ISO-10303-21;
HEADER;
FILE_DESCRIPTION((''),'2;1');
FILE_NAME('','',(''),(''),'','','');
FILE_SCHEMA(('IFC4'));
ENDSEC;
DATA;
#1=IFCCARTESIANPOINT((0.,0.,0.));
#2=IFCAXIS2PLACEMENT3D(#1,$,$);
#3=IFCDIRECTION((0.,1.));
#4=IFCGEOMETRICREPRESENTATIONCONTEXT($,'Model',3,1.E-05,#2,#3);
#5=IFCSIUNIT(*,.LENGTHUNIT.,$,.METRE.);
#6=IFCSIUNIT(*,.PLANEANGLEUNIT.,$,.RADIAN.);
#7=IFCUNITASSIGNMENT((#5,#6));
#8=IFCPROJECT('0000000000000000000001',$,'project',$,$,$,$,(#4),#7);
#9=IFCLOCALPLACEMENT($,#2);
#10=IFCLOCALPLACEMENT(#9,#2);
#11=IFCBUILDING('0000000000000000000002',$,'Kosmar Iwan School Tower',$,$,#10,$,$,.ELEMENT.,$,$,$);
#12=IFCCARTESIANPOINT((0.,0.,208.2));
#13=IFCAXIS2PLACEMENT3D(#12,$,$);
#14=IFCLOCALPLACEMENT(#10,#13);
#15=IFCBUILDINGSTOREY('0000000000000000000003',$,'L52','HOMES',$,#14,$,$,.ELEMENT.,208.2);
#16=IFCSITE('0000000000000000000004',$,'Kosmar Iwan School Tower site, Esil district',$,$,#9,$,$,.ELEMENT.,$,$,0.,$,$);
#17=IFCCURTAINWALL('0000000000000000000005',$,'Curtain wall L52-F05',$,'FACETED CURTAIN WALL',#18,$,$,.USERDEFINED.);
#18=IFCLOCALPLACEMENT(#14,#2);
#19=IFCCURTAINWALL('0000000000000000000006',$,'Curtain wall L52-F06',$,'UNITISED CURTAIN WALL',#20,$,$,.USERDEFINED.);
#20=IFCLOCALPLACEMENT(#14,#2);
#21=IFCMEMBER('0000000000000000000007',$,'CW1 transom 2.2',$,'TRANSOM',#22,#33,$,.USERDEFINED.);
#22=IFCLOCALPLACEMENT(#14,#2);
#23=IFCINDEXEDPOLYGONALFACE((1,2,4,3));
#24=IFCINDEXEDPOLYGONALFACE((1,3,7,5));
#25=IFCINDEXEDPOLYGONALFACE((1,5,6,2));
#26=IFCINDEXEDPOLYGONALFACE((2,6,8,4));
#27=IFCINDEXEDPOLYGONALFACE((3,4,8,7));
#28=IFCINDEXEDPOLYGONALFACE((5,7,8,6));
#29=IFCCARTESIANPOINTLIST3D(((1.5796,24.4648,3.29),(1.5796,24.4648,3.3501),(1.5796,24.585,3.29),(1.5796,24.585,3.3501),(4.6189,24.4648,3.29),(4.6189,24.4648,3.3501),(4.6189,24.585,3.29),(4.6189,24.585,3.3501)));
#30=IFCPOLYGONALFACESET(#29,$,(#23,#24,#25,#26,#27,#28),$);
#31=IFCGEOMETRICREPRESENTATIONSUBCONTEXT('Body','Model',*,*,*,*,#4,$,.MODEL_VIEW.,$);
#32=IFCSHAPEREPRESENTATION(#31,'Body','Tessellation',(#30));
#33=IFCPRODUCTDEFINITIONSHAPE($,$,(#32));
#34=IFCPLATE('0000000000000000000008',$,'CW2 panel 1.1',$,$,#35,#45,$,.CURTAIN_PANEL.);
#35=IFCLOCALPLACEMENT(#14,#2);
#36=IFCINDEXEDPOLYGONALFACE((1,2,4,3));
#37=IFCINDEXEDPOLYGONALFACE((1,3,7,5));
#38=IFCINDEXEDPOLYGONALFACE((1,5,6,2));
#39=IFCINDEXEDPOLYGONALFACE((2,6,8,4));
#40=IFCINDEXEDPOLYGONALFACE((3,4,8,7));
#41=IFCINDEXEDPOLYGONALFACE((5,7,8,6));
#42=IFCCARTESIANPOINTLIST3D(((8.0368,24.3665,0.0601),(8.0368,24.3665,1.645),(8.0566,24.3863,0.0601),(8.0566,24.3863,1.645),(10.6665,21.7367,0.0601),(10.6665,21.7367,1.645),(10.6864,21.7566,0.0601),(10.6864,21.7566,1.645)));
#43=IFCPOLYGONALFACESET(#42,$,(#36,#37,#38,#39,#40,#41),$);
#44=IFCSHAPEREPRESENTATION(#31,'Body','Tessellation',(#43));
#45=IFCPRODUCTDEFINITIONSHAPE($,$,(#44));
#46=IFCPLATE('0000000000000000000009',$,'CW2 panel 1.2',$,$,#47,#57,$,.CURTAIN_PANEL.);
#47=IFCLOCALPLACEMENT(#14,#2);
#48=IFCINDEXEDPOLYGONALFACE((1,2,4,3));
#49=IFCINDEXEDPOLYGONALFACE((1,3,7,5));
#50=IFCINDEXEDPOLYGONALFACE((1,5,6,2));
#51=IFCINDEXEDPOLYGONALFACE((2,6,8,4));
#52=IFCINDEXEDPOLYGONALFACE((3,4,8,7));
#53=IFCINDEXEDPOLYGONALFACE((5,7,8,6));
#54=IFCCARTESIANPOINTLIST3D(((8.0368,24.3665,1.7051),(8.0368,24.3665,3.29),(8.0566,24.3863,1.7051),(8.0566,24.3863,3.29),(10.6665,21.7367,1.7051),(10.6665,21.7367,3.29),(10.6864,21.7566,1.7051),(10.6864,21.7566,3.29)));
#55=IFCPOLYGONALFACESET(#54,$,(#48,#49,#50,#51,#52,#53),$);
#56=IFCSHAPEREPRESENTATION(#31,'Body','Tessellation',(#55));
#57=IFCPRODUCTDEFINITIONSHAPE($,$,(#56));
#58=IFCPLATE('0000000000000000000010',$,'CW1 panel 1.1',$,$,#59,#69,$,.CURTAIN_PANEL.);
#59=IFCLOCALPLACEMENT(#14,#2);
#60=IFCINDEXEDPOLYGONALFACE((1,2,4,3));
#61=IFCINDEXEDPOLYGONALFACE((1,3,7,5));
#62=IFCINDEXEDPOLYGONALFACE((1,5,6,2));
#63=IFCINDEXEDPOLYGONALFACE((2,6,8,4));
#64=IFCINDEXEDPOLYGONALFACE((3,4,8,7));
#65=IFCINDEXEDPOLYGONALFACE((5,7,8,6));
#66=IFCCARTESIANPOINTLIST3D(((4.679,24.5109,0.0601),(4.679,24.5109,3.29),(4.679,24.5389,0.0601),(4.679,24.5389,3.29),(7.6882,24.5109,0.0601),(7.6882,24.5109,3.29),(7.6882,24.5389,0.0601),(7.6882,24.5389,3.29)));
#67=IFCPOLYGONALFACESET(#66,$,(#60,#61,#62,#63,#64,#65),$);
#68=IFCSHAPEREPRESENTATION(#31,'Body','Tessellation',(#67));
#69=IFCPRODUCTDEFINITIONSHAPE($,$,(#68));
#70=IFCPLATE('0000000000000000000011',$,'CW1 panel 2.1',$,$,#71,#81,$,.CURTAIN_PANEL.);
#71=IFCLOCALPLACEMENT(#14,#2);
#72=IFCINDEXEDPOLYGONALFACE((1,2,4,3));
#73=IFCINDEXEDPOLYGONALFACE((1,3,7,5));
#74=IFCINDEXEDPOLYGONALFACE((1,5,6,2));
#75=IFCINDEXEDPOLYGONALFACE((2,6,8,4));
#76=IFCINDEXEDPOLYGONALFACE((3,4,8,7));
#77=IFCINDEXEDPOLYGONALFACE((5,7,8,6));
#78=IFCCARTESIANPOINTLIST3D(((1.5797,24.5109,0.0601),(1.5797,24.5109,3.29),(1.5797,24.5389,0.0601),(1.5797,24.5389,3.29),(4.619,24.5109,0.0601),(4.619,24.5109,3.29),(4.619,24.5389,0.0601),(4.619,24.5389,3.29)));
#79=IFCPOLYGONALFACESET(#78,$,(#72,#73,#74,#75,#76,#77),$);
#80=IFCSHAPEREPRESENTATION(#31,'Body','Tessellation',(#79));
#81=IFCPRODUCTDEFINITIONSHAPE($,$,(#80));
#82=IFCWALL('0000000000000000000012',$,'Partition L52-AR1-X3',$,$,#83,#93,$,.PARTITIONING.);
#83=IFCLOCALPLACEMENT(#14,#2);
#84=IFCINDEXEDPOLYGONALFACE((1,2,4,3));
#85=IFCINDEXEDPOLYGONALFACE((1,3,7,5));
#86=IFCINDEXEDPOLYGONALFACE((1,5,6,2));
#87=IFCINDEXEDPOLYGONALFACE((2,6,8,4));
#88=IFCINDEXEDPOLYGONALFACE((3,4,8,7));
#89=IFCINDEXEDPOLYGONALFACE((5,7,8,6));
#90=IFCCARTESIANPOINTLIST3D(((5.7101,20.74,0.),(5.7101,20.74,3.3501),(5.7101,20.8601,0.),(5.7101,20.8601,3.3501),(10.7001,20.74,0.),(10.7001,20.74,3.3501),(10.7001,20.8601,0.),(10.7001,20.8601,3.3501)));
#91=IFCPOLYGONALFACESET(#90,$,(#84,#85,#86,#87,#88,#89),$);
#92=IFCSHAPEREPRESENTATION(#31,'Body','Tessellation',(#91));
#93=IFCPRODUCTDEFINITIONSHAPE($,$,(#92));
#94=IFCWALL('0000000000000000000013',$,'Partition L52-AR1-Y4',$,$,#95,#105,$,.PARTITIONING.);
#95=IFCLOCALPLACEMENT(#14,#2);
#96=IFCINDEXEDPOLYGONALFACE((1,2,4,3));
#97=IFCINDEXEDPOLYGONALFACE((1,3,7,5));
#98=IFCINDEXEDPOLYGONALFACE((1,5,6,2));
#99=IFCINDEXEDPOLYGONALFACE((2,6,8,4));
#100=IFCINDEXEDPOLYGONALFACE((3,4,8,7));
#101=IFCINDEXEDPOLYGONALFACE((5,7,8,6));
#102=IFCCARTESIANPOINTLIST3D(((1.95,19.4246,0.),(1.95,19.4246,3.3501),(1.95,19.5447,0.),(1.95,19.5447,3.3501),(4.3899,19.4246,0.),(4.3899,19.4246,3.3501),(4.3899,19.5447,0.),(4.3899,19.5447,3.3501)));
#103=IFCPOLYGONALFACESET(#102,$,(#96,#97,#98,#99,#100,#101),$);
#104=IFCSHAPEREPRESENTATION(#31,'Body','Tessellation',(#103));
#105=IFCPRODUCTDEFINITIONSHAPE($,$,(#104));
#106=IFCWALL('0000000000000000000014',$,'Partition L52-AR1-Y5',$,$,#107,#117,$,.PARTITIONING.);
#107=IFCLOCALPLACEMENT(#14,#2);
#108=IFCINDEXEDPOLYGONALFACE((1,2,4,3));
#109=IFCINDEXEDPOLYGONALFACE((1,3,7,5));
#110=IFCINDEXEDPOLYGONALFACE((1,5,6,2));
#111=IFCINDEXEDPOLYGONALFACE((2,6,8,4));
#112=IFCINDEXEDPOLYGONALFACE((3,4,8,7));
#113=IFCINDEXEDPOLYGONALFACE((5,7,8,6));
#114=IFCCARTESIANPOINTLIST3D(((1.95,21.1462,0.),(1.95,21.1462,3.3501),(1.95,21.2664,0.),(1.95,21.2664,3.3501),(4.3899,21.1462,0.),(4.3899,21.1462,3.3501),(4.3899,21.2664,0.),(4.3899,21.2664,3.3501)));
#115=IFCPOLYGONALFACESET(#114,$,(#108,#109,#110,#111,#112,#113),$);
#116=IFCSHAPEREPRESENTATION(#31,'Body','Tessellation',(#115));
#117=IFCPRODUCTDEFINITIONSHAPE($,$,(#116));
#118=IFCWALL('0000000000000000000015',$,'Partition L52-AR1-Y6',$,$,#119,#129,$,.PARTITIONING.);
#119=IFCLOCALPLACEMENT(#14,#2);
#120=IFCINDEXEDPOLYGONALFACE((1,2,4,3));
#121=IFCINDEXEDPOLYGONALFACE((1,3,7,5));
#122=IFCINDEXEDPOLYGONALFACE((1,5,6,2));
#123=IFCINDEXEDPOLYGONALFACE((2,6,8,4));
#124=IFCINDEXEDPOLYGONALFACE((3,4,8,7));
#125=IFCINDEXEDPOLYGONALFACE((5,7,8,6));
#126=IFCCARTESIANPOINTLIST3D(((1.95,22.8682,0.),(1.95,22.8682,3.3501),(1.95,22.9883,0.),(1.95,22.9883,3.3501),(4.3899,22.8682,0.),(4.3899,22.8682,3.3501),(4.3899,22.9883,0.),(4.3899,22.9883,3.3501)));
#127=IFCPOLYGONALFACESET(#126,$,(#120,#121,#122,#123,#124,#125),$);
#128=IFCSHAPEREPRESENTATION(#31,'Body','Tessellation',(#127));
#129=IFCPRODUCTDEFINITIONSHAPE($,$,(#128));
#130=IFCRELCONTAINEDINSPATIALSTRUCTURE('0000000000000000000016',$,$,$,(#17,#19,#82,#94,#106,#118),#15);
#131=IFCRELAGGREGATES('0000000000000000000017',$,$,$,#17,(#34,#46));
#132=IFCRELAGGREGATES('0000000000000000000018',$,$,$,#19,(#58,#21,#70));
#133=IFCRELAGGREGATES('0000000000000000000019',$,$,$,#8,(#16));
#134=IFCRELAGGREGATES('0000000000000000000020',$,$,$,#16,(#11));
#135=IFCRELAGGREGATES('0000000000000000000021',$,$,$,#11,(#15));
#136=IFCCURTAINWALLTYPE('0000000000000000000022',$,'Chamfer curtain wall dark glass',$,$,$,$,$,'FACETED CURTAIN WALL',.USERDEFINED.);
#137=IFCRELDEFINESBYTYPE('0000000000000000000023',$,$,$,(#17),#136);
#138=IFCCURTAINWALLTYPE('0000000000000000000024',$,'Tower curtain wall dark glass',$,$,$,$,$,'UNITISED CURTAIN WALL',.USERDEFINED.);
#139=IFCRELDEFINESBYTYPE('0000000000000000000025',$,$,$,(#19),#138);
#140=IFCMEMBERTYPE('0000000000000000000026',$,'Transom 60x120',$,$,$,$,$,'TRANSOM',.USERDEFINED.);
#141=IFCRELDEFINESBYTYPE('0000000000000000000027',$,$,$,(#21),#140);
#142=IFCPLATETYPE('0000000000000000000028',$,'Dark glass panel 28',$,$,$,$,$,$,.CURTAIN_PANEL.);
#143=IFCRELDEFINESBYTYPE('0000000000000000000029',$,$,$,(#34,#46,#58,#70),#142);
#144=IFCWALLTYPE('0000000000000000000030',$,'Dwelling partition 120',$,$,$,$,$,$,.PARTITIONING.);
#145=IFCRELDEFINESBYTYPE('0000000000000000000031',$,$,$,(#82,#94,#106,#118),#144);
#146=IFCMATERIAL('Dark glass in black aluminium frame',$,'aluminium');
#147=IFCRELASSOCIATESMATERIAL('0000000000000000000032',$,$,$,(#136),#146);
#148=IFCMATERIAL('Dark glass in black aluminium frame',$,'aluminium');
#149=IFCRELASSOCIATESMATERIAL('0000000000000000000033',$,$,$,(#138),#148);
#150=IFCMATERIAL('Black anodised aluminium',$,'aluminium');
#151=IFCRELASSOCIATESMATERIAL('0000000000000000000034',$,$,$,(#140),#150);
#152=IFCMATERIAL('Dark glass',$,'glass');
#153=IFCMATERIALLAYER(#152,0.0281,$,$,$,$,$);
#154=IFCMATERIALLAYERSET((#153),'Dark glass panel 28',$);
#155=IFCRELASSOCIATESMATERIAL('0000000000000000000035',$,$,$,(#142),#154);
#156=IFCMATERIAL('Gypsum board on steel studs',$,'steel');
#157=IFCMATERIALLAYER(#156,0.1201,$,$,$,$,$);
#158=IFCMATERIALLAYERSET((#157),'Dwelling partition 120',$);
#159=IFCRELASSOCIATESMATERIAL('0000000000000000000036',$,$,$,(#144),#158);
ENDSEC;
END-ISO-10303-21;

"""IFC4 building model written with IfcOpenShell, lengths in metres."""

from ifc_helpers import new_model, si_unit, direction, frame, frame_2d, origin, origin_2d, place, context, subcontext, project, spatial, rectangle, extrude, material, layer, layer_set, material_profile, profile_set, type_object, element, aggregate, save


model = new_model("IFC4")

# Units and contexts
model_context = context("Model", 3, precision=1e-05, world=origin(), true_north=direction((0.0, 1.0)))
body_context = subcontext(model_context, "Body", "Model", "MODEL_VIEW")
ifc_project = project(units=[si_unit("LENGTHUNIT", "METRE"), si_unit("PLANEANGLEUNIT", "RADIAN")], contexts=[model_context])

# Site, building, storey
site_placement = place(None, origin())
site = spatial("IfcSite", under=ifc_project, at=site_placement, Name="Kosmar Iwan School Tower site, Esil district", CompositionType="ELEMENT", RefElevation=0.0)
building_placement = place(site_placement, origin())
building = spatial("IfcBuilding", under=site, at=building_placement, Name="Kosmar Iwan School Tower", CompositionType="ELEMENT")
storey_placement = place(building_placement, frame((0.0, 0.0, 208.2)))
storey = spatial("IfcBuildingStorey", under=building, at=storey_placement, Name="L52", Description="HOMES", CompositionType="ELEMENT", Elevation=208.2)

# Curtain walls
ifc_material_1 = material(Name="Dark glass in black aluminium frame", Category="aluminium")
curtain_wall_type_1 = type_object("IfcCurtainWallType", Name="Chamfer curtain wall dark glass", ElementType="FACETED CURTAIN WALL", PredefinedType="USERDEFINED", material=ifc_material_1)
curtain_wall_1_placement = place(storey_placement, origin())
curtain_wall_1 = element("IfcCurtainWall", 1, at=curtain_wall_1_placement, inside=storey, type_object=curtain_wall_type_1, Name="Curtain wall L52-F05", ObjectType="FACETED CURTAIN WALL", PredefinedType="USERDEFINED")
ifc_material_2 = material(Name="Dark glass in black aluminium frame", Category="aluminium")
curtain_wall_type_2 = type_object("IfcCurtainWallType", Name="Tower curtain wall dark glass", ElementType="UNITISED CURTAIN WALL", PredefinedType="USERDEFINED", material=ifc_material_2)
curtain_wall_2_placement = place(storey_placement, origin())
curtain_wall_2 = element("IfcCurtainWall", 2, at=curtain_wall_2_placement, inside=storey, type_object=curtain_wall_type_2, Name="Curtain wall L52-F06", ObjectType="UNITISED CURTAIN WALL", PredefinedType="USERDEFINED")

# Member
ifc_material_3 = material(Name="Black anodised aluminium", Category="aluminium")
ifc_material_profile_1 = material_profile(ifc_material_3, rectangle(XDim=0.1201, YDim=0.0601, at=origin_2d()), Name="TRANSOM 60x120")
ifc_profile_set_1 = profile_set([ifc_material_profile_1], Name="Black anodised aluminium")
member_type_1 = type_object("IfcMemberType", Name="Transom 60x120", ElementType="TRANSOM", PredefinedType="USERDEFINED", material=ifc_profile_set_1)
member_1_placement = place(storey_placement, frame((4.6189, 24.5249, 3.3201), z_axis=(-1.0, 0.0, 0.0), x_axis=(0.0, -1.0, 0.0)))
member_1 = element("IfcMember", 3, at=member_1_placement, type_object=member_type_1, Name="CW1 transom 2.2", ObjectType="TRANSOM", PredefinedType="USERDEFINED", context=body_context, shape_type="SweptSolid", body=[
    extrude(rectangle(XDim=0.1201, YDim=0.0601, at=origin_2d()), origin(), (0.0, 0.0, 1.0), 3.0393),
])

# Plates
ifc_material_4 = material(Name="Dark glass", Category="glass")
ifc_layer_1 = layer(ifc_material_4, 0.0281)
ifc_layer_set_1 = layer_set([ifc_layer_1], Name="Dark glass panel 28")
plate_type = type_object("IfcPlateType", Name="Dark glass panel 28", PredefinedType="CURTAIN_PANEL", material=ifc_layer_set_1)
plate_1_placement = place(storey_placement, frame((9.3616, 23.0615, 0.0601), z_axis=(0.0, 0.0, 1.0), x_axis=(-0.707107, 0.707107, 0.0)))
plate_1 = element("IfcPlate", 4, at=plate_1_placement, type_object=plate_type, Name="CW2 panel 1.1", PredefinedType="CURTAIN_PANEL", context=body_context, shape_type="SweptSolid", body=[
    extrude(rectangle(XDim=3.719, YDim=0.0281, at=origin_2d()), origin(), (0.0, 0.0, 1.0), 1.585),
])
plate_2_placement = place(storey_placement, frame((9.3616, 23.0615, 1.7051), z_axis=(0.0, 0.0, 1.0), x_axis=(-0.707107, 0.707107, 0.0)))
plate_2 = element("IfcPlate", 5, at=plate_2_placement, type_object=plate_type, Name="CW2 panel 1.2", PredefinedType="CURTAIN_PANEL", context=body_context, shape_type="SweptSolid", body=[
    extrude(rectangle(XDim=3.719, YDim=0.0281, at=origin_2d()), origin(), (0.0, 0.0, 1.0), 1.585),
])
aggregate(curtain_wall_1, [plate_1, plate_2])
plate_3_placement = place(storey_placement, frame((6.1836, 24.5249, 0.0601), z_axis=(0.0, 0.0, 1.0), x_axis=(-1.0, 0.0, 0.0)))
plate_3 = element("IfcPlate", 6, at=plate_3_placement, type_object=plate_type, Name="CW1 panel 1.1", PredefinedType="CURTAIN_PANEL", context=body_context, shape_type="SweptSolid", body=[
    extrude(rectangle(XDim=3.0093, YDim=0.0281, at=origin_2d()), origin(), (0.0, 0.0, 1.0), 3.23),
])
plate_4_placement = place(storey_placement, frame((3.0994, 24.5249, 0.0601), z_axis=(0.0, 0.0, 1.0), x_axis=(-1.0, 0.0, 0.0)))
plate_4 = element("IfcPlate", 7, at=plate_4_placement, type_object=plate_type, Name="CW1 panel 2.1", PredefinedType="CURTAIN_PANEL", context=body_context, shape_type="SweptSolid", body=[
    extrude(rectangle(XDim=3.0393, YDim=0.0281, at=origin_2d()), origin(), (0.0, 0.0, 1.0), 3.23),
])
aggregate(curtain_wall_2, [plate_3, member_1, plate_4])

# Walls
ifc_material_5 = material(Name="Gypsum board on steel studs", Category="steel")
ifc_layer_2 = layer(ifc_material_5, 0.1201)
ifc_layer_set_2 = layer_set([ifc_layer_2], Name="Dwelling partition 120")
wall_type = type_object("IfcWallType", Name="Dwelling partition 120", PredefinedType="PARTITIONING", material=ifc_layer_set_2)
wall_placement = place(storey_placement, frame((5.71, 20.8, 0.0), z_axis=(0.0, 0.0, 1.0), x_axis=(1.0, 0.0, 0.0)))
element("IfcWall", 8, at=wall_placement, inside=storey, type_object=wall_type, Name="Partition L52-AR1-X3", PredefinedType="PARTITIONING", context=body_context, shape_type="SweptSolid", body=[
    extrude(rectangle(XDim=4.99, YDim=0.1201, at=frame_2d((2.4951, 0.0))), origin(), (0.0, 0.0, 1.0), 3.3501),
])
for number, where, z_axis, x_axis, name in (
    (9, (1.95, 19.4846, 0.0), (0.0, 0.0, 1.0), (1.0, 0.0, 0.0), "Partition L52-AR1-Y4"),
    (10, (1.95, 21.2063, 0.0), (0.0, 0.0, 1.0), (1.0, 0.0, 0.0), "Partition L52-AR1-Y5"),
    (11, (1.95, 22.9282, 0.0), (0.0, 0.0, 1.0), (1.0, 0.0, 0.0), "Partition L52-AR1-Y6"),
):
    element("IfcWall", number, at=place(storey_placement, frame(where, z_axis=z_axis, x_axis=x_axis)), inside=storey, type_object=wall_type, Name=name, PredefinedType="PARTITIONING", context=body_context, shape_type="SweptSolid", body=[
        extrude(rectangle(XDim=2.4399, YDim=0.1201, at=frame_2d((1.22, 0.0))), origin(), (0.0, 0.0, 1.0), 3.3501),
    ])

save(model, "model.ifc")
